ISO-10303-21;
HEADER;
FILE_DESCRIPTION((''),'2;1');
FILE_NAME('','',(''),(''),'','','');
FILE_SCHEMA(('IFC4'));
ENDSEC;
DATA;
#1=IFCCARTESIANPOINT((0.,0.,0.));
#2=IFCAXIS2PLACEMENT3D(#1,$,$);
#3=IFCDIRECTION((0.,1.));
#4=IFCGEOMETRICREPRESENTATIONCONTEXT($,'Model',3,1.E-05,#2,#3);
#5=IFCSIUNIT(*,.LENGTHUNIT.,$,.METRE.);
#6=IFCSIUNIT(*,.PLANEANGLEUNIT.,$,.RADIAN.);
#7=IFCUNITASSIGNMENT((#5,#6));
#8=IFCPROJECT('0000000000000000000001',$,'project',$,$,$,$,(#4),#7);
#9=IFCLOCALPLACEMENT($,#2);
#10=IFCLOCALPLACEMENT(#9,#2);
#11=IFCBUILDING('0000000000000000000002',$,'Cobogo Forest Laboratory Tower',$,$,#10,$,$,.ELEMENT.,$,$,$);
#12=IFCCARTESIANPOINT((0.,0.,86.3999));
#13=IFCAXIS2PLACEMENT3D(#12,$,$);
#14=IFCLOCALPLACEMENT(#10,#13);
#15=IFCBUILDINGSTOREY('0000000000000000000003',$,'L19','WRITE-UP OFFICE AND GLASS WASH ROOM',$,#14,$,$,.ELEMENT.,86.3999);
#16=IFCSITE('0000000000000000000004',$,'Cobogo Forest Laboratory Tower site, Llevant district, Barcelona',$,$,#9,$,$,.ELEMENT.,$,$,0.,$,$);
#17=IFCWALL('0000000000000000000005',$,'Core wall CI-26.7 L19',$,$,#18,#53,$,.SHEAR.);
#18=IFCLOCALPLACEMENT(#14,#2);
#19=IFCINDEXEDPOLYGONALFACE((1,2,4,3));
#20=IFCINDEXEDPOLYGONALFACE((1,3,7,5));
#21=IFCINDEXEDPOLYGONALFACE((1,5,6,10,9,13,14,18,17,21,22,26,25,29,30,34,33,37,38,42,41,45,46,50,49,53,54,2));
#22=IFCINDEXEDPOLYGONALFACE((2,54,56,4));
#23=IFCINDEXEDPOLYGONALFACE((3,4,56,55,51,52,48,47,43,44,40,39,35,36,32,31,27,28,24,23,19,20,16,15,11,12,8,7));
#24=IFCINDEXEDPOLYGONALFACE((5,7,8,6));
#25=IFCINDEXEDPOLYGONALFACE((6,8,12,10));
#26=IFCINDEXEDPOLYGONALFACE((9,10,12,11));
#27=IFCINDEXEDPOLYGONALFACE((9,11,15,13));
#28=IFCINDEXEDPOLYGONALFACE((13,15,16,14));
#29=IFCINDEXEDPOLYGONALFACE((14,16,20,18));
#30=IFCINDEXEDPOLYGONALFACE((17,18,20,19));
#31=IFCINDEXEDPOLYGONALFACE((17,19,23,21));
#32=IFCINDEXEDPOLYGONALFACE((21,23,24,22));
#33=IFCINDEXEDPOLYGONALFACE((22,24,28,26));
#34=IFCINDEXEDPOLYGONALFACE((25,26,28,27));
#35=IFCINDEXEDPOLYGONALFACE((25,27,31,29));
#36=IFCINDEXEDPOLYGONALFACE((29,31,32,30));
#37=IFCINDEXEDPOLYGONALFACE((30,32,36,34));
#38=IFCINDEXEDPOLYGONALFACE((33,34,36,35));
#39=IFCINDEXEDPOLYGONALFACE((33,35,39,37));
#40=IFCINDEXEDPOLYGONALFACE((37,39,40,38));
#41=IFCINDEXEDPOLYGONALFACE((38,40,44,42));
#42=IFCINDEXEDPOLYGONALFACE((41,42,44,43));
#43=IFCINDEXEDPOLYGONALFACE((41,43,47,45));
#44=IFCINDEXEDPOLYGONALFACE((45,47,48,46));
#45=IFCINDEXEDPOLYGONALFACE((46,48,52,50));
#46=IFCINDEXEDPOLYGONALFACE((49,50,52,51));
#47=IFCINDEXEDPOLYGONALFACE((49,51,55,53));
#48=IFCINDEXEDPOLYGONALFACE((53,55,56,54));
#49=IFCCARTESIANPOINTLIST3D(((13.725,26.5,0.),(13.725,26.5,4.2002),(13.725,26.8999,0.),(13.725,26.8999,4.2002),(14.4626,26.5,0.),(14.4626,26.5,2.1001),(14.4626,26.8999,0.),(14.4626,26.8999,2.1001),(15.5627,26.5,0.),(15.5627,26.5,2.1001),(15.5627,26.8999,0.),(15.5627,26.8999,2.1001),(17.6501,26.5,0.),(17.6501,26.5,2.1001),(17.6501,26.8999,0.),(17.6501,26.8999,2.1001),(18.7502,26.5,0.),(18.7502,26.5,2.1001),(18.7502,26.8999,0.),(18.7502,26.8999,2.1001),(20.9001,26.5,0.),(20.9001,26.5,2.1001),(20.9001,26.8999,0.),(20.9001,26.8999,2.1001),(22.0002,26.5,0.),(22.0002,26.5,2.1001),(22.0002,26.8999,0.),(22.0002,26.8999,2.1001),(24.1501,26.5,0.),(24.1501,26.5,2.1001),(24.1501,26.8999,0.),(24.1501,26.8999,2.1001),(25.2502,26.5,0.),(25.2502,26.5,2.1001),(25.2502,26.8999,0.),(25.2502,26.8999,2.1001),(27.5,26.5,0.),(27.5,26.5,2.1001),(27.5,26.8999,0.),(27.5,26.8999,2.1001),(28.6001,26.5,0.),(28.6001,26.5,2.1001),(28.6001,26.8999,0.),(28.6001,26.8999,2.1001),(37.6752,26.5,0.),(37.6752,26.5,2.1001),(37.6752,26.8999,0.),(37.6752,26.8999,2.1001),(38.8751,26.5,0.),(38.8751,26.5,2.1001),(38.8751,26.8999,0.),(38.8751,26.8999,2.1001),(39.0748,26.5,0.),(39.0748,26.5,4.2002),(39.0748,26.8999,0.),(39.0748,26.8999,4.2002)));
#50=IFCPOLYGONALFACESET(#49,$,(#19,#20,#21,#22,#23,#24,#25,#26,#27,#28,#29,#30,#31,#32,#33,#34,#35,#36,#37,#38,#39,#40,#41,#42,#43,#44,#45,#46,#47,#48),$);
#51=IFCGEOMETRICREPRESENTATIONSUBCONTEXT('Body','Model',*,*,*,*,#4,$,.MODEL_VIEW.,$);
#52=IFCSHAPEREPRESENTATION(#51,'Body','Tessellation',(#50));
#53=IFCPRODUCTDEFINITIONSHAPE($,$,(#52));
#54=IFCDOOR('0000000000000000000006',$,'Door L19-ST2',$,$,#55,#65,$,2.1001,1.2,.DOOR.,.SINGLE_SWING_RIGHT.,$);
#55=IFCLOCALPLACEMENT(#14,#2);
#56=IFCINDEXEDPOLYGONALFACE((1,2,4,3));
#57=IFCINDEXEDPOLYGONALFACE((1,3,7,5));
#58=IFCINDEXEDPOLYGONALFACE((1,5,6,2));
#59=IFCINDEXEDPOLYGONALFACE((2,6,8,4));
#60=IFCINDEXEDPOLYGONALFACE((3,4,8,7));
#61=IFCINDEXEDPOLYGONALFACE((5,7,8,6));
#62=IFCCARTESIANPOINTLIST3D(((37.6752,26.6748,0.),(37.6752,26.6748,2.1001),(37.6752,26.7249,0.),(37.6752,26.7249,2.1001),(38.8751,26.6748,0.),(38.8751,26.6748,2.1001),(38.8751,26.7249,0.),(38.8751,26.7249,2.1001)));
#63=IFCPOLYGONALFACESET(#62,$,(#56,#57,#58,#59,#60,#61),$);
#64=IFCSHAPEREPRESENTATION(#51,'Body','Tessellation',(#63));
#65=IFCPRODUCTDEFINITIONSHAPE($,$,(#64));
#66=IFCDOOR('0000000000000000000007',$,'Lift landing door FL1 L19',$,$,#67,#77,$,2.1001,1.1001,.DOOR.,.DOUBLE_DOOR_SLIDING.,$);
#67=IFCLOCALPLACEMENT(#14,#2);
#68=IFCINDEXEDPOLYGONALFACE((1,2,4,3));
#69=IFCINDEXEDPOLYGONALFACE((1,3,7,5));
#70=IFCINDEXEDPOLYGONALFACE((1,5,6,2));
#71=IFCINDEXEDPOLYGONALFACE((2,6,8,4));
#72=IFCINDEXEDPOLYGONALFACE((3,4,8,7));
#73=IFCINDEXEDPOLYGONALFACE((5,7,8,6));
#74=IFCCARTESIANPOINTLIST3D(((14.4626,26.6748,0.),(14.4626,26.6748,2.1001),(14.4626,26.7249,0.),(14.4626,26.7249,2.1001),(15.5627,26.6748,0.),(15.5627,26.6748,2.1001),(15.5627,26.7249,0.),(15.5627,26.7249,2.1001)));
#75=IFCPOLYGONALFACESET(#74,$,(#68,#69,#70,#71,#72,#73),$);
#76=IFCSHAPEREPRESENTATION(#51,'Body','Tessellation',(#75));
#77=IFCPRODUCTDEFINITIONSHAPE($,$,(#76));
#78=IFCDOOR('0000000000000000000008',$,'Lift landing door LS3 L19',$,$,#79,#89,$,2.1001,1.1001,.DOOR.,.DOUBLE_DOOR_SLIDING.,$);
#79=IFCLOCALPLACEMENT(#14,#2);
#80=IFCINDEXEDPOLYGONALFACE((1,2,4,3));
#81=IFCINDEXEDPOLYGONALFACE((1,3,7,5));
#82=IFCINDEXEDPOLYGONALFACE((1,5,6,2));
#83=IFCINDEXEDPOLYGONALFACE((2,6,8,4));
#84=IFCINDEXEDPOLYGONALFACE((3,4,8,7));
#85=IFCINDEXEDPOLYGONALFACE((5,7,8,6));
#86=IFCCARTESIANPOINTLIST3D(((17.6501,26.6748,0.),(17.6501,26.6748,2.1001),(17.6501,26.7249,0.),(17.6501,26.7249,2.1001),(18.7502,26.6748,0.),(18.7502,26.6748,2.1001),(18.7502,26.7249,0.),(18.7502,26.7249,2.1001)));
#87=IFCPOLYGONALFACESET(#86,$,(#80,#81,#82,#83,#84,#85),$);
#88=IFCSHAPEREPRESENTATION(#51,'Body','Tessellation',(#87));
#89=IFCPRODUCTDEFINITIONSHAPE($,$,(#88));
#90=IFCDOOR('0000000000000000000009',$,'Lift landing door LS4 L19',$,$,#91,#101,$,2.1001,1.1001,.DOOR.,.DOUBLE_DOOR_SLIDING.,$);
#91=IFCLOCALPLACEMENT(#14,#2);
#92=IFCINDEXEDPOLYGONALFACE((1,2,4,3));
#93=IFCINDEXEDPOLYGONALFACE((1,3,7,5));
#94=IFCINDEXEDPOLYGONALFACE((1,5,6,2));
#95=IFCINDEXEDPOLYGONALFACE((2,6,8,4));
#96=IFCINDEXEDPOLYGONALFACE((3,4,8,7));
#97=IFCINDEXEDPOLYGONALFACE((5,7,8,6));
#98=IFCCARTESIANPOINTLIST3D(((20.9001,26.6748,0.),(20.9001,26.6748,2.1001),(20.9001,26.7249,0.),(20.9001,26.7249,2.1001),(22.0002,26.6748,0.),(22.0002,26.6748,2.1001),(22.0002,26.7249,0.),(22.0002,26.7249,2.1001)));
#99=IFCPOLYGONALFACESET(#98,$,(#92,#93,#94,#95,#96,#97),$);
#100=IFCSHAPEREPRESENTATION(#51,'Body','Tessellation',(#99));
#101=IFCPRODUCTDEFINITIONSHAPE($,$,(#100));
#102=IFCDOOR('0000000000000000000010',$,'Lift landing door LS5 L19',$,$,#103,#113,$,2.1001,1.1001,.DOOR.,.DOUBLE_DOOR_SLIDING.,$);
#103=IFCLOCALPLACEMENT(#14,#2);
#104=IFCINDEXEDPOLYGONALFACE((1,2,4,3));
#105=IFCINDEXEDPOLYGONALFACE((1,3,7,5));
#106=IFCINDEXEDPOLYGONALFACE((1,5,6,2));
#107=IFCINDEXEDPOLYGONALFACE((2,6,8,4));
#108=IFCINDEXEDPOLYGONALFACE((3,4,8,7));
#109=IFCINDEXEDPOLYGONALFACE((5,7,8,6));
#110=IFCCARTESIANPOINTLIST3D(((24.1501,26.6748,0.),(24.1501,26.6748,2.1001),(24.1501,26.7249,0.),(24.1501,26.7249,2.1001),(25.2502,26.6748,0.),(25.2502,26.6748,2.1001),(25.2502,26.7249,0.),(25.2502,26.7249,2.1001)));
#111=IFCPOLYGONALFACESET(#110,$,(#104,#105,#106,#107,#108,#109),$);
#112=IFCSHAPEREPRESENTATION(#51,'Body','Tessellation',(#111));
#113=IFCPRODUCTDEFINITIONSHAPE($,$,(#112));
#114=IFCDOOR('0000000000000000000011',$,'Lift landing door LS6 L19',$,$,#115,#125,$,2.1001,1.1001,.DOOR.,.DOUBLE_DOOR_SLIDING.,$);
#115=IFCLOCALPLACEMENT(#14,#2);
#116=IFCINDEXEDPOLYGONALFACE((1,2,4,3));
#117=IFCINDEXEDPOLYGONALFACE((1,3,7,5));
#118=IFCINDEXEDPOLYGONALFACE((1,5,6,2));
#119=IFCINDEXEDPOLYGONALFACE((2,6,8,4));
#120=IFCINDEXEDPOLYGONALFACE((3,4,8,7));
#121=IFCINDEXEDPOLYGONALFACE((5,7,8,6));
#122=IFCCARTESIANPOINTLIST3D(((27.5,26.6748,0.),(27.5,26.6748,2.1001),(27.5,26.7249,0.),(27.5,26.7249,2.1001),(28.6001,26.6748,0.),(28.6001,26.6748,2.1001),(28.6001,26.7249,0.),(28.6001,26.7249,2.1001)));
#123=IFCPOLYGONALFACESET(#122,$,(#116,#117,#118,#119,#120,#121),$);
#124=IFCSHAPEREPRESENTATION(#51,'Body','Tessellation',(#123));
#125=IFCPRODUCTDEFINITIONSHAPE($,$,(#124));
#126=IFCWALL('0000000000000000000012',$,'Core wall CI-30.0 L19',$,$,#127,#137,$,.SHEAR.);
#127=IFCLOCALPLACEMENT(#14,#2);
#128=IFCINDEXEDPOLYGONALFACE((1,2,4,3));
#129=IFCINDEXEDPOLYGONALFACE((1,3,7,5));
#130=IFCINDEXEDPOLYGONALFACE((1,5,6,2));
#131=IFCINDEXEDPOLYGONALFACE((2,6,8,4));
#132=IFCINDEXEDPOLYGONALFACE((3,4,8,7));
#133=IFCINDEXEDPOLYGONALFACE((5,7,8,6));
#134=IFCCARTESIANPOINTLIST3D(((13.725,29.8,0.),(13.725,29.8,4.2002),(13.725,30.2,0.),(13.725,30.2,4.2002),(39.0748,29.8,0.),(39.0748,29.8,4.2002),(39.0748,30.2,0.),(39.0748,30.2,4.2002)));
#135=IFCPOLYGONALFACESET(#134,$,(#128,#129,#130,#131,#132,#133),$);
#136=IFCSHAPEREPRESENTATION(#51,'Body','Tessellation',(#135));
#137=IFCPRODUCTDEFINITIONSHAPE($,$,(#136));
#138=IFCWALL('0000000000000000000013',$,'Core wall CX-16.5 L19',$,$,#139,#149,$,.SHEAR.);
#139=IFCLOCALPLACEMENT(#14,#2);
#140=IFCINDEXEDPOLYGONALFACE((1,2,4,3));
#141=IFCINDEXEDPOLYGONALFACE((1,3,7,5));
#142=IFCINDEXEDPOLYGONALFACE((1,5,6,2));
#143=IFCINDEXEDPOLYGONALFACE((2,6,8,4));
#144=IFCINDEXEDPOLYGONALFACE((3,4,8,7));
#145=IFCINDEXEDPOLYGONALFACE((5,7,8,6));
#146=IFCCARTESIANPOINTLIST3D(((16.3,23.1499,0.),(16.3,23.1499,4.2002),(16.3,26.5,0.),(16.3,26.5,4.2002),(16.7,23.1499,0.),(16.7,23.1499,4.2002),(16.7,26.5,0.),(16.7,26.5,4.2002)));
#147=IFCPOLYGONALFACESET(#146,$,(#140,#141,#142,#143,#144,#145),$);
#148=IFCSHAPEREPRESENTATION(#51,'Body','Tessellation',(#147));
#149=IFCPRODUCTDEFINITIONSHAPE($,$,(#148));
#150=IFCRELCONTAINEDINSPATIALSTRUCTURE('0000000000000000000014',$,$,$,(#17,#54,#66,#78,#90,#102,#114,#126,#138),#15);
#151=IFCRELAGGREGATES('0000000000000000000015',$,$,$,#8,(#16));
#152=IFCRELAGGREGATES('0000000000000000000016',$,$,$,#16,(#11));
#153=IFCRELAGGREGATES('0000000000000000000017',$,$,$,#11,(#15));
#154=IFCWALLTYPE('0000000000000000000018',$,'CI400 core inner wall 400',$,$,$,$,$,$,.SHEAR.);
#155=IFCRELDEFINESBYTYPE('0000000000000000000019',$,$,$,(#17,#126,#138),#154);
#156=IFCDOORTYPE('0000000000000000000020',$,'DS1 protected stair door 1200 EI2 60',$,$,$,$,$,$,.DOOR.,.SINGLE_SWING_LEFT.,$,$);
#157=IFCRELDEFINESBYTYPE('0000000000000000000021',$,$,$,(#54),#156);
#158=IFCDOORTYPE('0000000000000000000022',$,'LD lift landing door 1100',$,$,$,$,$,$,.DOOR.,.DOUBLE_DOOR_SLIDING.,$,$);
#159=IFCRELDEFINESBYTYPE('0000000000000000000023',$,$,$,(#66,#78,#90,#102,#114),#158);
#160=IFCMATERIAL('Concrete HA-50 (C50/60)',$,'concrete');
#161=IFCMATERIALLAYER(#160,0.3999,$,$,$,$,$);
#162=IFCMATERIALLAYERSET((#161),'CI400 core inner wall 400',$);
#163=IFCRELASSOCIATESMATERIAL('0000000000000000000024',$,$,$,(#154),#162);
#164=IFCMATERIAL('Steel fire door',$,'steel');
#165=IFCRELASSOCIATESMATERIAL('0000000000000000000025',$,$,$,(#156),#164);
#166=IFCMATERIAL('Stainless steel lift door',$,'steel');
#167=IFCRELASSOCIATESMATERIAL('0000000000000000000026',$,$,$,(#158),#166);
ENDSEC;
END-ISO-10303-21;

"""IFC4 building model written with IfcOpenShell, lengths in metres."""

from ifc_helpers import new_model, si_unit, direction, frame, frame_2d, origin, place, context, subcontext, project, spatial, rectangle, extrude, material, layer, layer_set, type_object, element, fill, save


model = new_model("IFC4")

# Units and contexts
model_context = context("Model", 3, precision=1e-05, world=origin(), true_north=direction((0.0, 1.0)))
body_context = subcontext(model_context, "Body", "Model", "MODEL_VIEW")
ifc_project = project(units=[si_unit("LENGTHUNIT", "METRE"), si_unit("PLANEANGLEUNIT", "RADIAN")], contexts=[model_context])

# Site, building, storey
site_placement = place(None, origin())
site = spatial("IfcSite", under=ifc_project, at=site_placement, Name="Cobogo Forest Laboratory Tower site, Llevant district, Barcelona", CompositionType="ELEMENT", RefElevation=0.0)
building_placement = place(site_placement, origin())
building = spatial("IfcBuilding", under=site, at=building_placement, Name="Cobogo Forest Laboratory Tower", CompositionType="ELEMENT")
storey_placement = place(building_placement, frame((0.0, 0.0, 86.3999)))
storey = spatial("IfcBuildingStorey", under=building, at=storey_placement, Name="L19", Description="WRITE-UP OFFICE AND GLASS WASH ROOM", CompositionType="ELEMENT", Elevation=86.3999)

# Shared definitions
ifc_material_1 = material(Name="Concrete HA-50 (C50/60)", Category="concrete")

# Shared definitions
ifc_layer_1 = layer(ifc_material_1, 0.3999)
ifc_layer_set_1 = layer_set([ifc_layer_1], Name="CI400 core inner wall 400")
wall_type_1 = type_object("IfcWallType", Name="CI400 core inner wall 400", PredefinedType="SHEAR", material=ifc_layer_set_1)

# Wall, openings, doors
wall_1_placement = place(storey_placement, frame((13.7251, 26.7, 0.0), z_axis=(0.0, 0.0, 1.0), x_axis=(1.0, 0.0, 0.0)))
wall_1 = element("IfcWall", 1, at=wall_1_placement, inside=storey, type_object=wall_type_1, Name="Core wall CI-26.7 L19", PredefinedType="SHEAR", context=body_context, shape_type="SweptSolid", body=[
    extrude(rectangle(XDim=25.3499, YDim=0.3999, at=frame_2d((12.6748, 0.0))), origin(), (0.0, 0.0, 1.0), 4.2002),
])
opening_1_placement = place(wall_1_placement, frame((23.95, 0.0, 0.0)))
opening_1 = element("IfcOpeningElement", 2, at=opening_1_placement, cuts=wall_1, PredefinedType="OPENING", context=body_context, shape_type="SweptSolid", body=[
    extrude(rectangle(XDim=1.2, YDim=2.1001, at=frame_2d((0.6001, 1.05))), frame((0.0, 0.21, 0.0), z_axis=(0.0, -1.0, 0.0), x_axis=(1.0, 0.0, 0.0)), (0.0, 0.0, 1.0), 0.4199),
])
opening_2_placement = place(wall_1_placement, frame((0.7375, 0.0, 0.0)))
opening_2 = element("IfcOpeningElement", 3, at=opening_2_placement, cuts=wall_1, PredefinedType="OPENING", context=body_context, shape_type="SweptSolid", body=[
    extrude(rectangle(XDim=1.1001, YDim=2.1001, at=frame_2d((0.55, 1.05))), frame((0.0, 0.21, 0.0), z_axis=(0.0, -1.0, 0.0), x_axis=(1.0, 0.0, 0.0)), (0.0, 0.0, 1.0), 0.4199),
])
opening_3_placement = place(wall_1_placement, frame((3.925, 0.0, 0.0)))
opening_3 = element("IfcOpeningElement", 4, at=opening_3_placement, cuts=wall_1, PredefinedType="OPENING", context=body_context, shape_type="SweptSolid", body=[
    extrude(rectangle(XDim=1.1001, YDim=2.1001, at=frame_2d((0.55, 1.05))), frame((0.0, 0.21, 0.0), z_axis=(0.0, -1.0, 0.0), x_axis=(1.0, 0.0, 0.0)), (0.0, 0.0, 1.0), 0.4199),
])
opening_4_placement = place(wall_1_placement, frame((7.175, 0.0, 0.0)))
opening_4 = element("IfcOpeningElement", 5, at=opening_4_placement, cuts=wall_1, PredefinedType="OPENING", context=body_context, shape_type="SweptSolid", body=[
    extrude(rectangle(XDim=1.1001, YDim=2.1001, at=frame_2d((0.55, 1.05))), frame((0.0, 0.21, 0.0), z_axis=(0.0, -1.0, 0.0), x_axis=(1.0, 0.0, 0.0)), (0.0, 0.0, 1.0), 0.4199),
])
opening_5_placement = place(wall_1_placement, frame((10.425, 0.0, 0.0)))
opening_5 = element("IfcOpeningElement", 6, at=opening_5_placement, cuts=wall_1, PredefinedType="OPENING", context=body_context, shape_type="SweptSolid", body=[
    extrude(rectangle(XDim=1.1001, YDim=2.1001, at=frame_2d((0.55, 1.05))), frame((0.0, 0.21, 0.0), z_axis=(0.0, -1.0, 0.0), x_axis=(1.0, 0.0, 0.0)), (0.0, 0.0, 1.0), 0.4199),
])
opening_6_placement = place(wall_1_placement, frame((13.7749, 0.0, 0.0)))
opening_6 = element("IfcOpeningElement", 7, at=opening_6_placement, cuts=wall_1, PredefinedType="OPENING", context=body_context, shape_type="SweptSolid", body=[
    extrude(rectangle(XDim=1.1001, YDim=2.1001, at=frame_2d((0.55, 1.05))), frame((0.0, 0.21, 0.0), z_axis=(0.0, -1.0, 0.0), x_axis=(1.0, 0.0, 0.0)), (0.0, 0.0, 1.0), 0.4199),
])
ifc_material_2 = material(Name="Steel fire door", Category="steel")
door_type_1 = type_object("IfcDoorType", Name="DS1 protected stair door 1200 EI2 60", OperationType="SINGLE_SWING_LEFT", PredefinedType="DOOR", material=ifc_material_2)
door_1_placement = place(opening_1_placement, origin())
door_1 = element("IfcDoor", 8, at=door_1_placement, inside=storey, type_object=door_type_1, Name="Door L19-ST2", OperationType="SINGLE_SWING_RIGHT", OverallHeight=2.1001, OverallWidth=1.2, PredefinedType="DOOR", context=body_context, shape_type="SweptSolid", body=[
    extrude(rectangle(XDim=1.2, YDim=2.1001, at=frame_2d((0.6001, 1.05))), frame((0.0, 0.0249, 0.0), z_axis=(0.0, -1.0, 0.0), x_axis=(1.0, 0.0, 0.0)), (0.0, 0.0, 1.0), 0.05),
])
fill(opening_1, door_1)
ifc_material_3 = material(Name="Stainless steel lift door", Category="steel")
door_type_2 = type_object("IfcDoorType", Name="LD lift landing door 1100", OperationType="DOUBLE_DOOR_SLIDING", PredefinedType="DOOR", material=ifc_material_3)
door_2_placement = place(opening_2_placement, origin())
door_2 = element("IfcDoor", 9, at=door_2_placement, inside=storey, type_object=door_type_2, Name="Lift landing door FL1 L19", OperationType="DOUBLE_DOOR_SLIDING", OverallHeight=2.1001, OverallWidth=1.1001, PredefinedType="DOOR", context=body_context, shape_type="SweptSolid", body=[
    extrude(rectangle(XDim=1.1001, YDim=2.1001, at=frame_2d((0.55, 1.05))), frame((0.0, 0.0249, 0.0), z_axis=(0.0, -1.0, 0.0), x_axis=(1.0, 0.0, 0.0)), (0.0, 0.0, 1.0), 0.05),
])
fill(opening_2, door_2)
door_3_placement = place(opening_3_placement, origin())
door_3 = element("IfcDoor", 10, at=door_3_placement, inside=storey, type_object=door_type_2, Name="Lift landing door LS3 L19", OperationType="DOUBLE_DOOR_SLIDING", OverallHeight=2.1001, OverallWidth=1.1001, PredefinedType="DOOR", context=body_context, shape_type="SweptSolid", body=[
    extrude(rectangle(XDim=1.1001, YDim=2.1001, at=frame_2d((0.55, 1.05))), frame((0.0, 0.0249, 0.0), z_axis=(0.0, -1.0, 0.0), x_axis=(1.0, 0.0, 0.0)), (0.0, 0.0, 1.0), 0.05),
])
fill(opening_3, door_3)
door_4_placement = place(opening_4_placement, origin())
door_4 = element("IfcDoor", 11, at=door_4_placement, inside=storey, type_object=door_type_2, Name="Lift landing door LS4 L19", OperationType="DOUBLE_DOOR_SLIDING", OverallHeight=2.1001, OverallWidth=1.1001, PredefinedType="DOOR", context=body_context, shape_type="SweptSolid", body=[
    extrude(rectangle(XDim=1.1001, YDim=2.1001, at=frame_2d((0.55, 1.05))), frame((0.0, 0.0249, 0.0), z_axis=(0.0, -1.0, 0.0), x_axis=(1.0, 0.0, 0.0)), (0.0, 0.0, 1.0), 0.05),
])
fill(opening_4, door_4)
door_5_placement = place(opening_5_placement, origin())
door_5 = element("IfcDoor", 12, at=door_5_placement, inside=storey, type_object=door_type_2, Name="Lift landing door LS5 L19", OperationType="DOUBLE_DOOR_SLIDING", OverallHeight=2.1001, OverallWidth=1.1001, PredefinedType="DOOR", context=body_context, shape_type="SweptSolid", body=[
    extrude(rectangle(XDim=1.1001, YDim=2.1001, at=frame_2d((0.55, 1.05))), frame((0.0, 0.0249, 0.0), z_axis=(0.0, -1.0, 0.0), x_axis=(1.0, 0.0, 0.0)), (0.0, 0.0, 1.0), 0.05),
])
fill(opening_5, door_5)
door_6_placement = place(opening_6_placement, origin())
door_6 = element("IfcDoor", 13, at=door_6_placement, inside=storey, type_object=door_type_2, Name="Lift landing door LS6 L19", OperationType="DOUBLE_DOOR_SLIDING", OverallHeight=2.1001, OverallWidth=1.1001, PredefinedType="DOOR", context=body_context, shape_type="SweptSolid", body=[
    extrude(rectangle(XDim=1.1001, YDim=2.1001, at=frame_2d((0.55, 1.05))), frame((0.0, 0.0249, 0.0), z_axis=(0.0, -1.0, 0.0), x_axis=(1.0, 0.0, 0.0)), (0.0, 0.0, 1.0), 0.05),
])
fill(opening_6, door_6)

# Walls
wall_2_placement = place(storey_placement, frame((13.7251, 30.0, 0.0), z_axis=(0.0, 0.0, 1.0), x_axis=(1.0, 0.0, 0.0)))
element("IfcWall", 14, at=wall_2_placement, inside=storey, type_object=wall_type_1, Name="Core wall CI-30.0 L19", PredefinedType="SHEAR", context=body_context, shape_type="SweptSolid", body=[
    extrude(rectangle(XDim=25.3499, YDim=0.3999, at=frame_2d((12.6748, 0.0))), origin(), (0.0, 0.0, 1.0), 4.2002),
])
wall_3_placement = place(storey_placement, frame((16.5, 23.1499, 0.0), z_axis=(0.0, 0.0, 1.0), x_axis=(0.0, 1.0, 0.0)))
element("IfcWall", 15, at=wall_3_placement, inside=storey, type_object=wall_type_1, Name="Core wall CX-16.5 L19", PredefinedType="SHEAR", context=body_context, shape_type="SweptSolid", body=[
    extrude(rectangle(XDim=3.3501, YDim=0.3999, at=frame_2d((1.675, 0.0))), origin(), (0.0, 0.0, 1.0), 4.2002),
])

save(model, "model.ifc")
